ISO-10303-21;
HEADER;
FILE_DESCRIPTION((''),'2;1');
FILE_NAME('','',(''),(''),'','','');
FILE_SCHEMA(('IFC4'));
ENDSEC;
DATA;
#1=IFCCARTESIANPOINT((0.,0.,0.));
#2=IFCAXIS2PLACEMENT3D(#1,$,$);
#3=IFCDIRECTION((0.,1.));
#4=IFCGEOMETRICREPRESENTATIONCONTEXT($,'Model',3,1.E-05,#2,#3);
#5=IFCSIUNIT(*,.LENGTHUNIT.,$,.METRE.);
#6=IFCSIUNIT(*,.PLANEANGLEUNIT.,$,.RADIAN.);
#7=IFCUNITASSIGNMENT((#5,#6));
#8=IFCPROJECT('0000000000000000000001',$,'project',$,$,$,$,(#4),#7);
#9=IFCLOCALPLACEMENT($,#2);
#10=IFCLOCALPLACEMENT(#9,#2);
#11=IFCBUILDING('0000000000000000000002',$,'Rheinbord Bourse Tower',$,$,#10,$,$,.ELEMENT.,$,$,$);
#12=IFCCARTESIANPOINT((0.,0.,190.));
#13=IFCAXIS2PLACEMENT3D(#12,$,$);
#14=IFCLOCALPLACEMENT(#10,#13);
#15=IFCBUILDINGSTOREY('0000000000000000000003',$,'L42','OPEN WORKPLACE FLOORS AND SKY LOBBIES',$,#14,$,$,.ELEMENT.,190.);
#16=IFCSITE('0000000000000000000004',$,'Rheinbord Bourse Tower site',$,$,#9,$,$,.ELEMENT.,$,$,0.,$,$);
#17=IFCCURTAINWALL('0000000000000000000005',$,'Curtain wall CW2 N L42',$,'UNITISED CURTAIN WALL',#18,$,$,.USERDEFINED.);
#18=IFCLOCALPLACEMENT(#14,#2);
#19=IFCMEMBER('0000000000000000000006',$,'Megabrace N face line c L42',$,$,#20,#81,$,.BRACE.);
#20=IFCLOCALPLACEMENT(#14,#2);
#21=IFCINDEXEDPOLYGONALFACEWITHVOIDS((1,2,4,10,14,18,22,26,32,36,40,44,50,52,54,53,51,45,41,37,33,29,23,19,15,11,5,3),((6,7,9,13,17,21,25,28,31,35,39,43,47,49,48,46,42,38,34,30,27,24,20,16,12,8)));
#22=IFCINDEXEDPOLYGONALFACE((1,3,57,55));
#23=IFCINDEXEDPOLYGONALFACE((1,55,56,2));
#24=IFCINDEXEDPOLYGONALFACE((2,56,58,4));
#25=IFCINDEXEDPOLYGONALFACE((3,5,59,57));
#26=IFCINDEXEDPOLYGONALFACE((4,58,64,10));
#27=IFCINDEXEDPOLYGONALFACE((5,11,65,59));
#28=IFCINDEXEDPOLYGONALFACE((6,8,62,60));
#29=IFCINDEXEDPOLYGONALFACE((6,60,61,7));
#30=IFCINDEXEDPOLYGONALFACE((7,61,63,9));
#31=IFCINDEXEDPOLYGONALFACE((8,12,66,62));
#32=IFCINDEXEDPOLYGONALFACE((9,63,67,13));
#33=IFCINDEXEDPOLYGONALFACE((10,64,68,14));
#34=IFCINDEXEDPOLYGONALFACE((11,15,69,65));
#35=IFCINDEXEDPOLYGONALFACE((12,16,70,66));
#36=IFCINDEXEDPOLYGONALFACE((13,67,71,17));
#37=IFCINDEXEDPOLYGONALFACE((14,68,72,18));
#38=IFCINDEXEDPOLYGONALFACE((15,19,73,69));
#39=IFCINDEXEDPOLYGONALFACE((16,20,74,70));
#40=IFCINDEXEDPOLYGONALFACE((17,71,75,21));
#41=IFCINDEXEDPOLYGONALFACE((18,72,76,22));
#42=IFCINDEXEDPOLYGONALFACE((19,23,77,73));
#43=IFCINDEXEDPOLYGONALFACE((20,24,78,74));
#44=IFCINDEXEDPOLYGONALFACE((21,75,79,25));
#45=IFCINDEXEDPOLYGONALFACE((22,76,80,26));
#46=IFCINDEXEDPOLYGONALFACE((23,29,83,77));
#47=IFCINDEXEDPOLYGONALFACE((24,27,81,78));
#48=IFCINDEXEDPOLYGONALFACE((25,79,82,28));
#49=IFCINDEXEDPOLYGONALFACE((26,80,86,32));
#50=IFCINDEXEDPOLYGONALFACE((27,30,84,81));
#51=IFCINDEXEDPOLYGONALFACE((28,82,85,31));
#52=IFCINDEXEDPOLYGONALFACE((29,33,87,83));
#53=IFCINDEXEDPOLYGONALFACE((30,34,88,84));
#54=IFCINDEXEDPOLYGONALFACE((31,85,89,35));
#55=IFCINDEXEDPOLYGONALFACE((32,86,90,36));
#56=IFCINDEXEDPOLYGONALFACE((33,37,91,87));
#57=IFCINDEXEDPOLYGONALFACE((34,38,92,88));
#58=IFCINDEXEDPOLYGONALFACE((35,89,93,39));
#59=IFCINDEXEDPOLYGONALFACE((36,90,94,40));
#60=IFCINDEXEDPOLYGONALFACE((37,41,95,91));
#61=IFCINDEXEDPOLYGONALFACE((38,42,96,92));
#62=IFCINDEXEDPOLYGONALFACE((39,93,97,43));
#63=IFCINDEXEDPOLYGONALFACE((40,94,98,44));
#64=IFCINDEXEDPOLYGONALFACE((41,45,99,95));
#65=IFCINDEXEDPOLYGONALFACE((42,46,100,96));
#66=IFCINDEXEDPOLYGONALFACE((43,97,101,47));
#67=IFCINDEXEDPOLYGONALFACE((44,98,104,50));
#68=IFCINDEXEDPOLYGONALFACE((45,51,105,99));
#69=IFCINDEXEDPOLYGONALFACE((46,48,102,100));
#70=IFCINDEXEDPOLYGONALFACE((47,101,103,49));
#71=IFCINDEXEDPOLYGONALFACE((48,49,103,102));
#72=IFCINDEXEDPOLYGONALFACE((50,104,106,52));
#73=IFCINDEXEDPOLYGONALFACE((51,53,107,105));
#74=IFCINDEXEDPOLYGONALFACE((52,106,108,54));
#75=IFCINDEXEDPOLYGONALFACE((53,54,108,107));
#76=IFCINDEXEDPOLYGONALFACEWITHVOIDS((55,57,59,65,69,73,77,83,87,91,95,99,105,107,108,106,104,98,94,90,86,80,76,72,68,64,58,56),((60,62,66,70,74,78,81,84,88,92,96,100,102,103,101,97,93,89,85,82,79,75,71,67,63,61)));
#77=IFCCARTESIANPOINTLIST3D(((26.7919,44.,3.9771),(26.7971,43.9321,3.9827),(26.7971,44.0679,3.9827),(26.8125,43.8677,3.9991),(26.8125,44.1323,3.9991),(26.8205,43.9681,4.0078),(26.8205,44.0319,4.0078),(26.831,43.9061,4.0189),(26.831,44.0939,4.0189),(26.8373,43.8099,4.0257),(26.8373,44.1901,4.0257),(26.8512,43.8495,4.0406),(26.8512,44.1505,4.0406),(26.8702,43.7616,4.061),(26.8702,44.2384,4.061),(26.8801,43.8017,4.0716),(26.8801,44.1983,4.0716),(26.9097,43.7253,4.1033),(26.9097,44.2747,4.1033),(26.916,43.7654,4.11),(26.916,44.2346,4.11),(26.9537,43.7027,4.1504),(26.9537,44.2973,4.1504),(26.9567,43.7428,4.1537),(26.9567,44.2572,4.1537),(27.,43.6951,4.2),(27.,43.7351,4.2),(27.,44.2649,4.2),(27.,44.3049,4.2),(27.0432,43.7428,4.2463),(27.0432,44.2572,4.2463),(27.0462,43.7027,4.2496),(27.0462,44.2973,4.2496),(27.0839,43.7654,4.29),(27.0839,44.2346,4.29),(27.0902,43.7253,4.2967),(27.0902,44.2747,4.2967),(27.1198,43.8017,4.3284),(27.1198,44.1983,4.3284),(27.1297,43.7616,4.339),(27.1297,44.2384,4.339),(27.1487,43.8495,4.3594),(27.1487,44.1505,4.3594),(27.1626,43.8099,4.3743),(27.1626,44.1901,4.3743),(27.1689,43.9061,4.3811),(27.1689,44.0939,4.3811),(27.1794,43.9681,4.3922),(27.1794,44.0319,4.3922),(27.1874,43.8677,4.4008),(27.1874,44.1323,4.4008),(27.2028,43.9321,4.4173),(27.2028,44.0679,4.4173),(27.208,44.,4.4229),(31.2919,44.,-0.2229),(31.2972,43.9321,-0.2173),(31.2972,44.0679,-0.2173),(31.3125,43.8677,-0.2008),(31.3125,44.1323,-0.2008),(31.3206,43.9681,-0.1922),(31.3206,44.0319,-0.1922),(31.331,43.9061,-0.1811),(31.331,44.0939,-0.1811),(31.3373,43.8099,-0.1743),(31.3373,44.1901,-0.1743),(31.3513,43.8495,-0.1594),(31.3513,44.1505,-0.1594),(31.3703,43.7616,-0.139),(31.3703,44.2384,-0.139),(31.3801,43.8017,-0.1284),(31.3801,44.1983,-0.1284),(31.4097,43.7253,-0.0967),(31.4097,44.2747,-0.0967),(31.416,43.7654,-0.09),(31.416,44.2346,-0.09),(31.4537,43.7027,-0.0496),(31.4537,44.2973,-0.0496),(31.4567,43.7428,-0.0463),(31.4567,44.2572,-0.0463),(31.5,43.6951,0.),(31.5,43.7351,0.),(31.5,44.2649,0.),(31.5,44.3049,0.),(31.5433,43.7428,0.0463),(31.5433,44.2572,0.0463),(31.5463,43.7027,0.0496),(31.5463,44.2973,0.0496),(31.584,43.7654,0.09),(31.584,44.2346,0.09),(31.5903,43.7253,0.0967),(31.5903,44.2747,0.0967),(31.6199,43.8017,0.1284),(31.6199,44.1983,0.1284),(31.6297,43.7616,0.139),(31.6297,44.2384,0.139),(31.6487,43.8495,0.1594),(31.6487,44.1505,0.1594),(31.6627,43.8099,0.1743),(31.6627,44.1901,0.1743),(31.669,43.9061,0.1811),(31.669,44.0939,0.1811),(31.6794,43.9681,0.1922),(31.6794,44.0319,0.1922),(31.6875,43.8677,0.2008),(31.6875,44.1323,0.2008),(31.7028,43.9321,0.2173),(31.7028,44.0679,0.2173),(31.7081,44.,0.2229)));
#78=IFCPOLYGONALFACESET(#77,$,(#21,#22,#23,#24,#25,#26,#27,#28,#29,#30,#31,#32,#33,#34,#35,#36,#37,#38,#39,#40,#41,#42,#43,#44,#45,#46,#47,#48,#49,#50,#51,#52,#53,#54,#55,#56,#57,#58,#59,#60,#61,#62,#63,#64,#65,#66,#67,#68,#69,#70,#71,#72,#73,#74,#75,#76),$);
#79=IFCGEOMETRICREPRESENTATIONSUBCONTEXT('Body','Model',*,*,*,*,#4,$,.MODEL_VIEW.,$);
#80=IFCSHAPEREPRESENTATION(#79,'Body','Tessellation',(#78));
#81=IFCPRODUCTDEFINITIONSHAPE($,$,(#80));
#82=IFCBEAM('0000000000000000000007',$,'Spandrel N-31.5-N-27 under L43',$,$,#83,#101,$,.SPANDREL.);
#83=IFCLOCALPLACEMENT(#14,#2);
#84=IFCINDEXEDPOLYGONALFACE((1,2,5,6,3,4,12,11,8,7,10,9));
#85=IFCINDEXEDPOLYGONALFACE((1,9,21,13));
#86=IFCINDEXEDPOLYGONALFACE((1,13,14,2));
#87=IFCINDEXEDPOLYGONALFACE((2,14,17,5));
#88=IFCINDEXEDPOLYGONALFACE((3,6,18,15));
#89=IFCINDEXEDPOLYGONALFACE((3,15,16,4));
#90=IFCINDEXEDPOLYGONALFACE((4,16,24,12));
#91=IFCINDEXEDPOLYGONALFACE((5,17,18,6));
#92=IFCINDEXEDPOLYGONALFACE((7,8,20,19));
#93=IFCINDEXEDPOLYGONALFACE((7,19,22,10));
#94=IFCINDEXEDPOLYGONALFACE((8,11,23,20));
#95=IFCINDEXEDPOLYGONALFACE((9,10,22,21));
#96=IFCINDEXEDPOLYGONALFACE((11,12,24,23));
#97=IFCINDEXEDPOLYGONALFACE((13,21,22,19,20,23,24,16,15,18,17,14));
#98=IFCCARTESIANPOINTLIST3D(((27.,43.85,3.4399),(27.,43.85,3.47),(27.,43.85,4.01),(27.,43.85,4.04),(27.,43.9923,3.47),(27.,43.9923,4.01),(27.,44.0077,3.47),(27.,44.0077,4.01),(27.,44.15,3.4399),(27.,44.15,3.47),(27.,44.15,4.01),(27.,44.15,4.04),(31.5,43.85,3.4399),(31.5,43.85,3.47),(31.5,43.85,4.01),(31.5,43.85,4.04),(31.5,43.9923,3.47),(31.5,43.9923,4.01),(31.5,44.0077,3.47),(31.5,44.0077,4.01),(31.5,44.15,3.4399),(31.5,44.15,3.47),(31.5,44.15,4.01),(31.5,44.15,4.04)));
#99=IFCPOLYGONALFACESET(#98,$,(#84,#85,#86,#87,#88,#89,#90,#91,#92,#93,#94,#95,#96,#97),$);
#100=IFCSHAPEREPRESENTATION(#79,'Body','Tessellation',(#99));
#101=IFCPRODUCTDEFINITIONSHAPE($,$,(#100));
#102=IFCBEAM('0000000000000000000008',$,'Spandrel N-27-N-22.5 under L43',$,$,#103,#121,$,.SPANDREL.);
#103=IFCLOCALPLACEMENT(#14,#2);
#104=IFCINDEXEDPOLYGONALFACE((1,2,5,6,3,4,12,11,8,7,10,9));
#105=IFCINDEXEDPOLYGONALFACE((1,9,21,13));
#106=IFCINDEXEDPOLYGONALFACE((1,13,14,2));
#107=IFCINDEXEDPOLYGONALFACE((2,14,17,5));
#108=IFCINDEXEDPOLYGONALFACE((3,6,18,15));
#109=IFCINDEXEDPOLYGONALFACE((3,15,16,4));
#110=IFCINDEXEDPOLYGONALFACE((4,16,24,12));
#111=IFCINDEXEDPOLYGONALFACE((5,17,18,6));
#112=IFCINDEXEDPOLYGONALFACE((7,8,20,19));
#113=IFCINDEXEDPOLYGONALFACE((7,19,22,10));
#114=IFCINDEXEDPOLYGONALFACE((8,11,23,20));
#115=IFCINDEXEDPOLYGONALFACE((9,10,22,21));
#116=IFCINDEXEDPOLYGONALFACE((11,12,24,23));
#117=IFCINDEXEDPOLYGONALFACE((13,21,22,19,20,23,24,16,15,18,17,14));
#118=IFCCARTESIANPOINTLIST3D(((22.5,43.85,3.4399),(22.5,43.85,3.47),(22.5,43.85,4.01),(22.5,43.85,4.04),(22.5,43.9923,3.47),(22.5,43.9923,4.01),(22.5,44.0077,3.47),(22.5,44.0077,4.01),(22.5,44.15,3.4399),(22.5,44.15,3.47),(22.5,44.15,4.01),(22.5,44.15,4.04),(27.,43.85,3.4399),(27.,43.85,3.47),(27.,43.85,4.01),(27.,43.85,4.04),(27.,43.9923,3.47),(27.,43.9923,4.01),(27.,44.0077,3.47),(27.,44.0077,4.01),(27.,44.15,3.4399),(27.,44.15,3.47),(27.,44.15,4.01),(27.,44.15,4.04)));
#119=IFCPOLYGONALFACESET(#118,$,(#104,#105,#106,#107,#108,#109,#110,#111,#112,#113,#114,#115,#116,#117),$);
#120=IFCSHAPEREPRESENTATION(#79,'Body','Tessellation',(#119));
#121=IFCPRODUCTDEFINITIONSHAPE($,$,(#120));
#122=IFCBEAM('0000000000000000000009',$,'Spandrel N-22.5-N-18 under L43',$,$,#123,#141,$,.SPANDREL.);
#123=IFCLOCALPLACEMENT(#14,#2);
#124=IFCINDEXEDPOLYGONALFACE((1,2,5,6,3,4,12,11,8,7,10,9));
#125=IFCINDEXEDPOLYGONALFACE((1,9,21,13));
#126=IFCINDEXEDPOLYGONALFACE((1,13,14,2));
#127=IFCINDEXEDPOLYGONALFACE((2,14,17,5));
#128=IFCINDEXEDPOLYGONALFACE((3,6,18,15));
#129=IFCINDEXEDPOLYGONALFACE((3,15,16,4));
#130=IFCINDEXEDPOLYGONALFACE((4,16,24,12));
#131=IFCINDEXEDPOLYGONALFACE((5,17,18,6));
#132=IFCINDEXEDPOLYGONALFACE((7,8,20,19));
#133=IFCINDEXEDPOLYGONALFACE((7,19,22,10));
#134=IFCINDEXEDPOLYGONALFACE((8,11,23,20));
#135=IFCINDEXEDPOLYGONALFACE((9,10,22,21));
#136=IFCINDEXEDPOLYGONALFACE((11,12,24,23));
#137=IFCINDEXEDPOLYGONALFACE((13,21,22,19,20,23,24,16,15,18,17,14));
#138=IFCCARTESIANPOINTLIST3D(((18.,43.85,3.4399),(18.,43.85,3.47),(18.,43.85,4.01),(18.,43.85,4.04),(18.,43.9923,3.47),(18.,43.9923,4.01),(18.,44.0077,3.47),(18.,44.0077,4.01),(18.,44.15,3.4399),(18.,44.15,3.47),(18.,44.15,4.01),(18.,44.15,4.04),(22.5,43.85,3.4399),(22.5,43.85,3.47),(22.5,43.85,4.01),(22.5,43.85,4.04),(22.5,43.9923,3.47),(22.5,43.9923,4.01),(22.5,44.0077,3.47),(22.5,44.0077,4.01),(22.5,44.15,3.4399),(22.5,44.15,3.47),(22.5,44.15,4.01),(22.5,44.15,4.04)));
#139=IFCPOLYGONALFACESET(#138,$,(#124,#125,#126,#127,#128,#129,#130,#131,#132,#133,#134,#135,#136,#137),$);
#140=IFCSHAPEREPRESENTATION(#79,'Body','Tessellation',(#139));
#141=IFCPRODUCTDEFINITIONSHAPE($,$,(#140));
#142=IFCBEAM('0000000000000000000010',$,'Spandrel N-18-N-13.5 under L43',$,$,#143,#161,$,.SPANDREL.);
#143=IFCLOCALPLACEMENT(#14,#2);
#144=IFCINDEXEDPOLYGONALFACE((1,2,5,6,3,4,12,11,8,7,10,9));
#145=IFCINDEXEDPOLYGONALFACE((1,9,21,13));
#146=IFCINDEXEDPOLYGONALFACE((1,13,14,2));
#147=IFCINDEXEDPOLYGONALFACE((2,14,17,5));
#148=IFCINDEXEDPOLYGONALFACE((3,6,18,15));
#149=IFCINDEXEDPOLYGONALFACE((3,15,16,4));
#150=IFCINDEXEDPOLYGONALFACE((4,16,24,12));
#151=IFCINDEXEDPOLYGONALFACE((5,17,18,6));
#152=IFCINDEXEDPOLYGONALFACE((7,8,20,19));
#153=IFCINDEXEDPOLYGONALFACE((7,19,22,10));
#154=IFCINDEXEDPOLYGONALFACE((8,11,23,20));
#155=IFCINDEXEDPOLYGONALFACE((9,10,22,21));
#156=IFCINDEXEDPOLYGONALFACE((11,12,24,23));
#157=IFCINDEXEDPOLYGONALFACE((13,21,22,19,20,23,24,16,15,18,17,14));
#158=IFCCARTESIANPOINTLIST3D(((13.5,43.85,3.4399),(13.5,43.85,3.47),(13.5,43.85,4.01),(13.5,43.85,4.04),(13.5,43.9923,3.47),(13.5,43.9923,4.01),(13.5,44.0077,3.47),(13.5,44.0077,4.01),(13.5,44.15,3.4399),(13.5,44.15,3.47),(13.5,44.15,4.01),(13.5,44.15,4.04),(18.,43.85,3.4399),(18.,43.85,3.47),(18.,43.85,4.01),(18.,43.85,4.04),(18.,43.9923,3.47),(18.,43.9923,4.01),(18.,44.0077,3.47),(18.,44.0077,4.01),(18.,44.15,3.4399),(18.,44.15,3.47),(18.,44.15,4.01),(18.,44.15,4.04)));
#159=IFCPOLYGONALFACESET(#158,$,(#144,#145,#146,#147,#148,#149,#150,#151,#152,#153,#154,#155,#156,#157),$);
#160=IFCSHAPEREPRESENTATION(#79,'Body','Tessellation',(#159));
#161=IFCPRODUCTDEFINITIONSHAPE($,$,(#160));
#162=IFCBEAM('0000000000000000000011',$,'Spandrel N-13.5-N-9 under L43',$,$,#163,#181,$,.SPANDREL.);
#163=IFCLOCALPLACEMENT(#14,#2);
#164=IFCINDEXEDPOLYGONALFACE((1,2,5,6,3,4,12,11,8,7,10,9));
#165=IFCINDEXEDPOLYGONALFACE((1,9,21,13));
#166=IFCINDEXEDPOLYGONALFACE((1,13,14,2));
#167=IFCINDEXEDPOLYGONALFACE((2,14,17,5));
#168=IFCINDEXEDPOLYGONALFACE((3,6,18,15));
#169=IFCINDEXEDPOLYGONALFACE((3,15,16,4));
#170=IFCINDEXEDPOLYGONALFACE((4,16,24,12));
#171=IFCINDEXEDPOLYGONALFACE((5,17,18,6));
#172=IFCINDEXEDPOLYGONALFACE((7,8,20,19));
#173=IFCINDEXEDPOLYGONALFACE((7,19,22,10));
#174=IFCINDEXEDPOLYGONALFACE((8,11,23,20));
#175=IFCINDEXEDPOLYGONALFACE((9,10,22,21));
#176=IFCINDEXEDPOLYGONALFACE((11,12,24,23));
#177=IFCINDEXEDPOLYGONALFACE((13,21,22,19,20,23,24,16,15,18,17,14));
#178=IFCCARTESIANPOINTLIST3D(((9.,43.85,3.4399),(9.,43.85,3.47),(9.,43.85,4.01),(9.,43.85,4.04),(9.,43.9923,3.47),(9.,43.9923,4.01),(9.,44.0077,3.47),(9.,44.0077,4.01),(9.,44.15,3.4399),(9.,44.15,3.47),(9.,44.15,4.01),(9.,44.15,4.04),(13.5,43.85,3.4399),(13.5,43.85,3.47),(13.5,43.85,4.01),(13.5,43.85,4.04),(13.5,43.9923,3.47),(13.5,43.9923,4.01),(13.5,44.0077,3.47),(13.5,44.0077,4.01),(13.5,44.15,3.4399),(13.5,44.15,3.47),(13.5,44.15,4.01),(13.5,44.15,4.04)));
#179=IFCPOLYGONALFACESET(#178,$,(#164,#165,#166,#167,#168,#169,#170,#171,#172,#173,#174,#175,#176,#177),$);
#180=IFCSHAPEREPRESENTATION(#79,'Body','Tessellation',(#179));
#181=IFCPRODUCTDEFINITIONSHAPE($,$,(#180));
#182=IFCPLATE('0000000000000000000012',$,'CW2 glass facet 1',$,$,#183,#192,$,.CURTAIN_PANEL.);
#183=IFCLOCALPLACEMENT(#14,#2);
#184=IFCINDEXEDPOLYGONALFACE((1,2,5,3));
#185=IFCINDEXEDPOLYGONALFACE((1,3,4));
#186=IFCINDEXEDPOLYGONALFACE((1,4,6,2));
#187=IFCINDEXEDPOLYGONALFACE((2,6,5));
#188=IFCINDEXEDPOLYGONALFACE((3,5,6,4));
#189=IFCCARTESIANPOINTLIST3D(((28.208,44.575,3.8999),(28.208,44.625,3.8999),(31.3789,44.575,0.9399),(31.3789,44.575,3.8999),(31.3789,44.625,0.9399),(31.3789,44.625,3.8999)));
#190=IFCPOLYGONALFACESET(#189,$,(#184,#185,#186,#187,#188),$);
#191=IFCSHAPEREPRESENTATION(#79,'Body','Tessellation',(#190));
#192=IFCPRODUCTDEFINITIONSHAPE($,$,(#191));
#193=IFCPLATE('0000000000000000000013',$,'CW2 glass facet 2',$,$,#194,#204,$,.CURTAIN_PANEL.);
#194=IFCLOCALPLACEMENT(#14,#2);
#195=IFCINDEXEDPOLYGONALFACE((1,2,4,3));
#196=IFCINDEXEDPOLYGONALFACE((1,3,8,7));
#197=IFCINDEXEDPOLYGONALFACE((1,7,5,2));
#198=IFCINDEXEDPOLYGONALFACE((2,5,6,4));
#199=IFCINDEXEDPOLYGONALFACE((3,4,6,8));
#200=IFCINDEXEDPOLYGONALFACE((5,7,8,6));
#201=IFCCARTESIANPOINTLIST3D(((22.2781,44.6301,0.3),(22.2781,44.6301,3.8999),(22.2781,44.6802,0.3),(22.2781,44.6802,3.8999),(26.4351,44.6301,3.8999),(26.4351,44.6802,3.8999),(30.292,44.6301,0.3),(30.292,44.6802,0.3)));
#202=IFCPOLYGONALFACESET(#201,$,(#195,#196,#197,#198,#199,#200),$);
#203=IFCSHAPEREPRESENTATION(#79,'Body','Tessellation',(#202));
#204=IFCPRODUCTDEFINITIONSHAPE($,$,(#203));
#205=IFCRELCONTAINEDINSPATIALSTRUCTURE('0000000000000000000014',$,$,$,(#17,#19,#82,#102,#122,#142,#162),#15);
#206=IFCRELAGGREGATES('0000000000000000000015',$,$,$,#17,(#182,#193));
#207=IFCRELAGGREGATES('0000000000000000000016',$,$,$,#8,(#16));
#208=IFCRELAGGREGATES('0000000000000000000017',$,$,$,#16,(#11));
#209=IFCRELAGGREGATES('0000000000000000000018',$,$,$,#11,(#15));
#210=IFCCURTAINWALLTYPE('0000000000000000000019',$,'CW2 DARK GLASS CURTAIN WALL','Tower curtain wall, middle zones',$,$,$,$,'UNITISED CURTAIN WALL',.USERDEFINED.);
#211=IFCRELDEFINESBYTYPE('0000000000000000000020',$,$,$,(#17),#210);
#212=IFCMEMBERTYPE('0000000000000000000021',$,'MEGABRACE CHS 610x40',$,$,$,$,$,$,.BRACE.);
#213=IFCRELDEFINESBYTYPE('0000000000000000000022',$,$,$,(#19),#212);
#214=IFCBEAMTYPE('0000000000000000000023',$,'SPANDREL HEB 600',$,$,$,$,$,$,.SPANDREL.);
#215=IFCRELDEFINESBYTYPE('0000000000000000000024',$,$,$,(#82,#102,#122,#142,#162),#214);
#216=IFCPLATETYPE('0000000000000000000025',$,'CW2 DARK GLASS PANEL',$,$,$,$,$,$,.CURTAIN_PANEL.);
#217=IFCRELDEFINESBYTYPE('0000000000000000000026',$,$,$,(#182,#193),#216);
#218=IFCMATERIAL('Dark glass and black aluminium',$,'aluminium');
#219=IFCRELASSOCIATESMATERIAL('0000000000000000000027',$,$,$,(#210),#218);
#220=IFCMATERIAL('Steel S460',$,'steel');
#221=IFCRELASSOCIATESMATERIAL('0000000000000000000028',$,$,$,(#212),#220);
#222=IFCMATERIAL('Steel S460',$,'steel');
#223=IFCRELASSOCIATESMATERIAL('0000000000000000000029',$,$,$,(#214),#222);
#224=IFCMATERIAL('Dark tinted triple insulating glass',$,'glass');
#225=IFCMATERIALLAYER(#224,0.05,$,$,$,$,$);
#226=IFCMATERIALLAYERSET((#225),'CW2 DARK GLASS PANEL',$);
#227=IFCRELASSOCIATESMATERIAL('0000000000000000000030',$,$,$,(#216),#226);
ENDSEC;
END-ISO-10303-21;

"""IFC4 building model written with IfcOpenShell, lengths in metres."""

from ifc_helpers import new_model, si_unit, direction, frame, origin, origin_2d, place, context, subcontext, project, spatial, polyline, hollow_circle, i_section, outline, extrude, material, layer, layer_set, material_profile, profile_set, type_object, element, aggregate, save


model = new_model("IFC4")

# Units and contexts
model_context = context("Model", 3, precision=1e-05, world=origin(), true_north=direction((0.0, 1.0)))
body_context = subcontext(model_context, "Body", "Model", "MODEL_VIEW")
ifc_project = project(units=[si_unit("LENGTHUNIT", "METRE"), si_unit("PLANEANGLEUNIT", "RADIAN")], contexts=[model_context])

# Site, building, storey
site_placement = place(None, origin())
site = spatial("IfcSite", under=ifc_project, at=site_placement, Name="Rheinbord Bourse Tower site", CompositionType="ELEMENT", RefElevation=0.0)
building_placement = place(site_placement, origin())
building = spatial("IfcBuilding", under=site, at=building_placement, Name="Rheinbord Bourse Tower", CompositionType="ELEMENT")
storey_placement = place(building_placement, frame((0.0, 0.0, 190.0)))
storey = spatial("IfcBuildingStorey", under=building, at=storey_placement, Name="L42", Description="OPEN WORKPLACE FLOORS AND SKY LOBBIES", CompositionType="ELEMENT", Elevation=190.0)

# Curtain wall
ifc_material_1 = material(Name="Dark glass and black aluminium", Category="aluminium")
curtain_wall_type = type_object("IfcCurtainWallType", Name="CW2 DARK GLASS CURTAIN WALL", Description="Tower curtain wall, middle zones", ElementType="UNITISED CURTAIN WALL", PredefinedType="USERDEFINED", material=ifc_material_1)
curtain_wall_placement = place(storey_placement, origin())
curtain_wall = element("IfcCurtainWall", 1, at=curtain_wall_placement, inside=storey, type_object=curtain_wall_type, Name="Curtain wall CW2 N L42", ObjectType="UNITISED CURTAIN WALL", PredefinedType="USERDEFINED")

# Member
ifc_material_2 = material(Name="Steel S460", Category="steel")
ifc_material_profile_1 = material_profile(ifc_material_2, hollow_circle(Radius=0.3049, WallThickness=0.04, at=origin_2d()), Name="CHS 610x40")
ifc_profile_set_1 = profile_set([ifc_material_profile_1], Name="Steel S460")
member_type_1 = type_object("IfcMemberType", Name="MEGABRACE CHS 610x40", PredefinedType="BRACE", material=ifc_profile_set_1)
member_1_placement = place(storey_placement, frame((31.5, 44.0, 0.0), z_axis=(-0.731059, 0.0, 0.682314), x_axis=(0.0, -1.0, 0.0)))
element("IfcMember", 2, at=member_1_placement, inside=storey, type_object=member_type_1, Name="Megabrace N face line c L42", PredefinedType="BRACE", context=body_context, shape_type="SweptSolid", body=[
    extrude(hollow_circle(Radius=0.3049, WallThickness=0.04, at=origin_2d()), origin(), (0.0, 0.0, 1.0), 6.1555),
])

# Beams
ifc_material_3 = material(Name="Steel S460", Category="steel")
ifc_material_profile_2 = material_profile(ifc_material_3, i_section(OverallWidth=0.3, OverallDepth=0.6001, WebThickness=0.0154, FlangeThickness=0.03, at=origin_2d()), Name="HEB 600")
ifc_profile_set_2 = profile_set([ifc_material_profile_2], Name="Steel S460")
beam_type_1 = type_object("IfcBeamType", Name="SPANDREL HEB 600", PredefinedType="SPANDREL", material=ifc_profile_set_2)
for number, where, z_axis, x_axis, name in (
    (3, (31.5, 44.0, 3.74), (-1.0, 0.0, 0.0), (0.0, -1.0, 0.0), "Spandrel N-31.5-N-27 under L43"),
    (4, (27.0, 44.0, 3.74), (-1.0, 0.0, 0.0), (0.0, -1.0, 0.0), "Spandrel N-27-N-22.5 under L43"),
    (5, (22.5, 44.0, 3.74), (-1.0, 0.0, 0.0), (0.0, -1.0, 0.0), "Spandrel N-22.5-N-18 under L43"),
    (6, (18.0, 44.0, 3.74), (-1.0, 0.0, 0.0), (0.0, -1.0, 0.0), "Spandrel N-18-N-13.5 under L43"),
    (7, (13.5, 44.0, 3.74), (-1.0, 0.0, 0.0), (0.0, -1.0, 0.0), "Spandrel N-13.5-N-9 under L43"),
):
    element("IfcBeam", number, at=place(storey_placement, frame(where, z_axis=z_axis, x_axis=x_axis)), inside=storey, type_object=beam_type_1, Name=name, PredefinedType="SPANDREL", context=body_context, shape_type="SweptSolid", body=[
        extrude(i_section(OverallWidth=0.3, OverallDepth=0.6001, WebThickness=0.0154, FlangeThickness=0.03, at=origin_2d()), origin(), (0.0, 0.0, 1.0), 4.5),
    ])

# Plates
ifc_material_4 = material(Name="Dark tinted triple insulating glass", Category="glass")
ifc_layer_1 = layer(ifc_material_4, 0.05)
ifc_layer_set_1 = layer_set([ifc_layer_1], Name="CW2 DARK GLASS PANEL")
plate_type = type_object("IfcPlateType", Name="CW2 DARK GLASS PANEL", PredefinedType="CURTAIN_PANEL", material=ifc_layer_set_1)
plate_1_placement = place(storey_placement, frame((31.3789, 44.625, 3.8999), z_axis=(0.0, -1.0, 0.0), x_axis=(-1.0, 0.0, 0.0)))
plate_1 = element("IfcPlate", 8, at=plate_1_placement, type_object=plate_type, Name="CW2 glass facet 1", PredefinedType="CURTAIN_PANEL", context=body_context, shape_type="SweptSolid", body=[
    extrude(outline(polyline([(0.0, 0.0), (3.1709, 0.0), (0.0, 2.96), (0.0, 0.0)])), origin(), (0.0, 0.0, 1.0), 0.05),
])
plate_2_placement = place(storey_placement, frame((22.2781, 44.6802, 3.8999), z_axis=(0.0, -1.0, 0.0), x_axis=(0.0, 0.0, -1.0)))
plate_2 = element("IfcPlate", 9, at=plate_2_placement, type_object=plate_type, Name="CW2 glass facet 2", PredefinedType="CURTAIN_PANEL", context=body_context, shape_type="SweptSolid", body=[
    extrude(outline(polyline([(0.0, 0.0), (3.5999, 0.0), (3.5999, 8.0139), (0.0, 4.157), (0.0, 0.0)])), origin(), (0.0, 0.0, 1.0), 0.05),
])
aggregate(curtain_wall, [plate_1, plate_2])

save(model, "model.ifc")
